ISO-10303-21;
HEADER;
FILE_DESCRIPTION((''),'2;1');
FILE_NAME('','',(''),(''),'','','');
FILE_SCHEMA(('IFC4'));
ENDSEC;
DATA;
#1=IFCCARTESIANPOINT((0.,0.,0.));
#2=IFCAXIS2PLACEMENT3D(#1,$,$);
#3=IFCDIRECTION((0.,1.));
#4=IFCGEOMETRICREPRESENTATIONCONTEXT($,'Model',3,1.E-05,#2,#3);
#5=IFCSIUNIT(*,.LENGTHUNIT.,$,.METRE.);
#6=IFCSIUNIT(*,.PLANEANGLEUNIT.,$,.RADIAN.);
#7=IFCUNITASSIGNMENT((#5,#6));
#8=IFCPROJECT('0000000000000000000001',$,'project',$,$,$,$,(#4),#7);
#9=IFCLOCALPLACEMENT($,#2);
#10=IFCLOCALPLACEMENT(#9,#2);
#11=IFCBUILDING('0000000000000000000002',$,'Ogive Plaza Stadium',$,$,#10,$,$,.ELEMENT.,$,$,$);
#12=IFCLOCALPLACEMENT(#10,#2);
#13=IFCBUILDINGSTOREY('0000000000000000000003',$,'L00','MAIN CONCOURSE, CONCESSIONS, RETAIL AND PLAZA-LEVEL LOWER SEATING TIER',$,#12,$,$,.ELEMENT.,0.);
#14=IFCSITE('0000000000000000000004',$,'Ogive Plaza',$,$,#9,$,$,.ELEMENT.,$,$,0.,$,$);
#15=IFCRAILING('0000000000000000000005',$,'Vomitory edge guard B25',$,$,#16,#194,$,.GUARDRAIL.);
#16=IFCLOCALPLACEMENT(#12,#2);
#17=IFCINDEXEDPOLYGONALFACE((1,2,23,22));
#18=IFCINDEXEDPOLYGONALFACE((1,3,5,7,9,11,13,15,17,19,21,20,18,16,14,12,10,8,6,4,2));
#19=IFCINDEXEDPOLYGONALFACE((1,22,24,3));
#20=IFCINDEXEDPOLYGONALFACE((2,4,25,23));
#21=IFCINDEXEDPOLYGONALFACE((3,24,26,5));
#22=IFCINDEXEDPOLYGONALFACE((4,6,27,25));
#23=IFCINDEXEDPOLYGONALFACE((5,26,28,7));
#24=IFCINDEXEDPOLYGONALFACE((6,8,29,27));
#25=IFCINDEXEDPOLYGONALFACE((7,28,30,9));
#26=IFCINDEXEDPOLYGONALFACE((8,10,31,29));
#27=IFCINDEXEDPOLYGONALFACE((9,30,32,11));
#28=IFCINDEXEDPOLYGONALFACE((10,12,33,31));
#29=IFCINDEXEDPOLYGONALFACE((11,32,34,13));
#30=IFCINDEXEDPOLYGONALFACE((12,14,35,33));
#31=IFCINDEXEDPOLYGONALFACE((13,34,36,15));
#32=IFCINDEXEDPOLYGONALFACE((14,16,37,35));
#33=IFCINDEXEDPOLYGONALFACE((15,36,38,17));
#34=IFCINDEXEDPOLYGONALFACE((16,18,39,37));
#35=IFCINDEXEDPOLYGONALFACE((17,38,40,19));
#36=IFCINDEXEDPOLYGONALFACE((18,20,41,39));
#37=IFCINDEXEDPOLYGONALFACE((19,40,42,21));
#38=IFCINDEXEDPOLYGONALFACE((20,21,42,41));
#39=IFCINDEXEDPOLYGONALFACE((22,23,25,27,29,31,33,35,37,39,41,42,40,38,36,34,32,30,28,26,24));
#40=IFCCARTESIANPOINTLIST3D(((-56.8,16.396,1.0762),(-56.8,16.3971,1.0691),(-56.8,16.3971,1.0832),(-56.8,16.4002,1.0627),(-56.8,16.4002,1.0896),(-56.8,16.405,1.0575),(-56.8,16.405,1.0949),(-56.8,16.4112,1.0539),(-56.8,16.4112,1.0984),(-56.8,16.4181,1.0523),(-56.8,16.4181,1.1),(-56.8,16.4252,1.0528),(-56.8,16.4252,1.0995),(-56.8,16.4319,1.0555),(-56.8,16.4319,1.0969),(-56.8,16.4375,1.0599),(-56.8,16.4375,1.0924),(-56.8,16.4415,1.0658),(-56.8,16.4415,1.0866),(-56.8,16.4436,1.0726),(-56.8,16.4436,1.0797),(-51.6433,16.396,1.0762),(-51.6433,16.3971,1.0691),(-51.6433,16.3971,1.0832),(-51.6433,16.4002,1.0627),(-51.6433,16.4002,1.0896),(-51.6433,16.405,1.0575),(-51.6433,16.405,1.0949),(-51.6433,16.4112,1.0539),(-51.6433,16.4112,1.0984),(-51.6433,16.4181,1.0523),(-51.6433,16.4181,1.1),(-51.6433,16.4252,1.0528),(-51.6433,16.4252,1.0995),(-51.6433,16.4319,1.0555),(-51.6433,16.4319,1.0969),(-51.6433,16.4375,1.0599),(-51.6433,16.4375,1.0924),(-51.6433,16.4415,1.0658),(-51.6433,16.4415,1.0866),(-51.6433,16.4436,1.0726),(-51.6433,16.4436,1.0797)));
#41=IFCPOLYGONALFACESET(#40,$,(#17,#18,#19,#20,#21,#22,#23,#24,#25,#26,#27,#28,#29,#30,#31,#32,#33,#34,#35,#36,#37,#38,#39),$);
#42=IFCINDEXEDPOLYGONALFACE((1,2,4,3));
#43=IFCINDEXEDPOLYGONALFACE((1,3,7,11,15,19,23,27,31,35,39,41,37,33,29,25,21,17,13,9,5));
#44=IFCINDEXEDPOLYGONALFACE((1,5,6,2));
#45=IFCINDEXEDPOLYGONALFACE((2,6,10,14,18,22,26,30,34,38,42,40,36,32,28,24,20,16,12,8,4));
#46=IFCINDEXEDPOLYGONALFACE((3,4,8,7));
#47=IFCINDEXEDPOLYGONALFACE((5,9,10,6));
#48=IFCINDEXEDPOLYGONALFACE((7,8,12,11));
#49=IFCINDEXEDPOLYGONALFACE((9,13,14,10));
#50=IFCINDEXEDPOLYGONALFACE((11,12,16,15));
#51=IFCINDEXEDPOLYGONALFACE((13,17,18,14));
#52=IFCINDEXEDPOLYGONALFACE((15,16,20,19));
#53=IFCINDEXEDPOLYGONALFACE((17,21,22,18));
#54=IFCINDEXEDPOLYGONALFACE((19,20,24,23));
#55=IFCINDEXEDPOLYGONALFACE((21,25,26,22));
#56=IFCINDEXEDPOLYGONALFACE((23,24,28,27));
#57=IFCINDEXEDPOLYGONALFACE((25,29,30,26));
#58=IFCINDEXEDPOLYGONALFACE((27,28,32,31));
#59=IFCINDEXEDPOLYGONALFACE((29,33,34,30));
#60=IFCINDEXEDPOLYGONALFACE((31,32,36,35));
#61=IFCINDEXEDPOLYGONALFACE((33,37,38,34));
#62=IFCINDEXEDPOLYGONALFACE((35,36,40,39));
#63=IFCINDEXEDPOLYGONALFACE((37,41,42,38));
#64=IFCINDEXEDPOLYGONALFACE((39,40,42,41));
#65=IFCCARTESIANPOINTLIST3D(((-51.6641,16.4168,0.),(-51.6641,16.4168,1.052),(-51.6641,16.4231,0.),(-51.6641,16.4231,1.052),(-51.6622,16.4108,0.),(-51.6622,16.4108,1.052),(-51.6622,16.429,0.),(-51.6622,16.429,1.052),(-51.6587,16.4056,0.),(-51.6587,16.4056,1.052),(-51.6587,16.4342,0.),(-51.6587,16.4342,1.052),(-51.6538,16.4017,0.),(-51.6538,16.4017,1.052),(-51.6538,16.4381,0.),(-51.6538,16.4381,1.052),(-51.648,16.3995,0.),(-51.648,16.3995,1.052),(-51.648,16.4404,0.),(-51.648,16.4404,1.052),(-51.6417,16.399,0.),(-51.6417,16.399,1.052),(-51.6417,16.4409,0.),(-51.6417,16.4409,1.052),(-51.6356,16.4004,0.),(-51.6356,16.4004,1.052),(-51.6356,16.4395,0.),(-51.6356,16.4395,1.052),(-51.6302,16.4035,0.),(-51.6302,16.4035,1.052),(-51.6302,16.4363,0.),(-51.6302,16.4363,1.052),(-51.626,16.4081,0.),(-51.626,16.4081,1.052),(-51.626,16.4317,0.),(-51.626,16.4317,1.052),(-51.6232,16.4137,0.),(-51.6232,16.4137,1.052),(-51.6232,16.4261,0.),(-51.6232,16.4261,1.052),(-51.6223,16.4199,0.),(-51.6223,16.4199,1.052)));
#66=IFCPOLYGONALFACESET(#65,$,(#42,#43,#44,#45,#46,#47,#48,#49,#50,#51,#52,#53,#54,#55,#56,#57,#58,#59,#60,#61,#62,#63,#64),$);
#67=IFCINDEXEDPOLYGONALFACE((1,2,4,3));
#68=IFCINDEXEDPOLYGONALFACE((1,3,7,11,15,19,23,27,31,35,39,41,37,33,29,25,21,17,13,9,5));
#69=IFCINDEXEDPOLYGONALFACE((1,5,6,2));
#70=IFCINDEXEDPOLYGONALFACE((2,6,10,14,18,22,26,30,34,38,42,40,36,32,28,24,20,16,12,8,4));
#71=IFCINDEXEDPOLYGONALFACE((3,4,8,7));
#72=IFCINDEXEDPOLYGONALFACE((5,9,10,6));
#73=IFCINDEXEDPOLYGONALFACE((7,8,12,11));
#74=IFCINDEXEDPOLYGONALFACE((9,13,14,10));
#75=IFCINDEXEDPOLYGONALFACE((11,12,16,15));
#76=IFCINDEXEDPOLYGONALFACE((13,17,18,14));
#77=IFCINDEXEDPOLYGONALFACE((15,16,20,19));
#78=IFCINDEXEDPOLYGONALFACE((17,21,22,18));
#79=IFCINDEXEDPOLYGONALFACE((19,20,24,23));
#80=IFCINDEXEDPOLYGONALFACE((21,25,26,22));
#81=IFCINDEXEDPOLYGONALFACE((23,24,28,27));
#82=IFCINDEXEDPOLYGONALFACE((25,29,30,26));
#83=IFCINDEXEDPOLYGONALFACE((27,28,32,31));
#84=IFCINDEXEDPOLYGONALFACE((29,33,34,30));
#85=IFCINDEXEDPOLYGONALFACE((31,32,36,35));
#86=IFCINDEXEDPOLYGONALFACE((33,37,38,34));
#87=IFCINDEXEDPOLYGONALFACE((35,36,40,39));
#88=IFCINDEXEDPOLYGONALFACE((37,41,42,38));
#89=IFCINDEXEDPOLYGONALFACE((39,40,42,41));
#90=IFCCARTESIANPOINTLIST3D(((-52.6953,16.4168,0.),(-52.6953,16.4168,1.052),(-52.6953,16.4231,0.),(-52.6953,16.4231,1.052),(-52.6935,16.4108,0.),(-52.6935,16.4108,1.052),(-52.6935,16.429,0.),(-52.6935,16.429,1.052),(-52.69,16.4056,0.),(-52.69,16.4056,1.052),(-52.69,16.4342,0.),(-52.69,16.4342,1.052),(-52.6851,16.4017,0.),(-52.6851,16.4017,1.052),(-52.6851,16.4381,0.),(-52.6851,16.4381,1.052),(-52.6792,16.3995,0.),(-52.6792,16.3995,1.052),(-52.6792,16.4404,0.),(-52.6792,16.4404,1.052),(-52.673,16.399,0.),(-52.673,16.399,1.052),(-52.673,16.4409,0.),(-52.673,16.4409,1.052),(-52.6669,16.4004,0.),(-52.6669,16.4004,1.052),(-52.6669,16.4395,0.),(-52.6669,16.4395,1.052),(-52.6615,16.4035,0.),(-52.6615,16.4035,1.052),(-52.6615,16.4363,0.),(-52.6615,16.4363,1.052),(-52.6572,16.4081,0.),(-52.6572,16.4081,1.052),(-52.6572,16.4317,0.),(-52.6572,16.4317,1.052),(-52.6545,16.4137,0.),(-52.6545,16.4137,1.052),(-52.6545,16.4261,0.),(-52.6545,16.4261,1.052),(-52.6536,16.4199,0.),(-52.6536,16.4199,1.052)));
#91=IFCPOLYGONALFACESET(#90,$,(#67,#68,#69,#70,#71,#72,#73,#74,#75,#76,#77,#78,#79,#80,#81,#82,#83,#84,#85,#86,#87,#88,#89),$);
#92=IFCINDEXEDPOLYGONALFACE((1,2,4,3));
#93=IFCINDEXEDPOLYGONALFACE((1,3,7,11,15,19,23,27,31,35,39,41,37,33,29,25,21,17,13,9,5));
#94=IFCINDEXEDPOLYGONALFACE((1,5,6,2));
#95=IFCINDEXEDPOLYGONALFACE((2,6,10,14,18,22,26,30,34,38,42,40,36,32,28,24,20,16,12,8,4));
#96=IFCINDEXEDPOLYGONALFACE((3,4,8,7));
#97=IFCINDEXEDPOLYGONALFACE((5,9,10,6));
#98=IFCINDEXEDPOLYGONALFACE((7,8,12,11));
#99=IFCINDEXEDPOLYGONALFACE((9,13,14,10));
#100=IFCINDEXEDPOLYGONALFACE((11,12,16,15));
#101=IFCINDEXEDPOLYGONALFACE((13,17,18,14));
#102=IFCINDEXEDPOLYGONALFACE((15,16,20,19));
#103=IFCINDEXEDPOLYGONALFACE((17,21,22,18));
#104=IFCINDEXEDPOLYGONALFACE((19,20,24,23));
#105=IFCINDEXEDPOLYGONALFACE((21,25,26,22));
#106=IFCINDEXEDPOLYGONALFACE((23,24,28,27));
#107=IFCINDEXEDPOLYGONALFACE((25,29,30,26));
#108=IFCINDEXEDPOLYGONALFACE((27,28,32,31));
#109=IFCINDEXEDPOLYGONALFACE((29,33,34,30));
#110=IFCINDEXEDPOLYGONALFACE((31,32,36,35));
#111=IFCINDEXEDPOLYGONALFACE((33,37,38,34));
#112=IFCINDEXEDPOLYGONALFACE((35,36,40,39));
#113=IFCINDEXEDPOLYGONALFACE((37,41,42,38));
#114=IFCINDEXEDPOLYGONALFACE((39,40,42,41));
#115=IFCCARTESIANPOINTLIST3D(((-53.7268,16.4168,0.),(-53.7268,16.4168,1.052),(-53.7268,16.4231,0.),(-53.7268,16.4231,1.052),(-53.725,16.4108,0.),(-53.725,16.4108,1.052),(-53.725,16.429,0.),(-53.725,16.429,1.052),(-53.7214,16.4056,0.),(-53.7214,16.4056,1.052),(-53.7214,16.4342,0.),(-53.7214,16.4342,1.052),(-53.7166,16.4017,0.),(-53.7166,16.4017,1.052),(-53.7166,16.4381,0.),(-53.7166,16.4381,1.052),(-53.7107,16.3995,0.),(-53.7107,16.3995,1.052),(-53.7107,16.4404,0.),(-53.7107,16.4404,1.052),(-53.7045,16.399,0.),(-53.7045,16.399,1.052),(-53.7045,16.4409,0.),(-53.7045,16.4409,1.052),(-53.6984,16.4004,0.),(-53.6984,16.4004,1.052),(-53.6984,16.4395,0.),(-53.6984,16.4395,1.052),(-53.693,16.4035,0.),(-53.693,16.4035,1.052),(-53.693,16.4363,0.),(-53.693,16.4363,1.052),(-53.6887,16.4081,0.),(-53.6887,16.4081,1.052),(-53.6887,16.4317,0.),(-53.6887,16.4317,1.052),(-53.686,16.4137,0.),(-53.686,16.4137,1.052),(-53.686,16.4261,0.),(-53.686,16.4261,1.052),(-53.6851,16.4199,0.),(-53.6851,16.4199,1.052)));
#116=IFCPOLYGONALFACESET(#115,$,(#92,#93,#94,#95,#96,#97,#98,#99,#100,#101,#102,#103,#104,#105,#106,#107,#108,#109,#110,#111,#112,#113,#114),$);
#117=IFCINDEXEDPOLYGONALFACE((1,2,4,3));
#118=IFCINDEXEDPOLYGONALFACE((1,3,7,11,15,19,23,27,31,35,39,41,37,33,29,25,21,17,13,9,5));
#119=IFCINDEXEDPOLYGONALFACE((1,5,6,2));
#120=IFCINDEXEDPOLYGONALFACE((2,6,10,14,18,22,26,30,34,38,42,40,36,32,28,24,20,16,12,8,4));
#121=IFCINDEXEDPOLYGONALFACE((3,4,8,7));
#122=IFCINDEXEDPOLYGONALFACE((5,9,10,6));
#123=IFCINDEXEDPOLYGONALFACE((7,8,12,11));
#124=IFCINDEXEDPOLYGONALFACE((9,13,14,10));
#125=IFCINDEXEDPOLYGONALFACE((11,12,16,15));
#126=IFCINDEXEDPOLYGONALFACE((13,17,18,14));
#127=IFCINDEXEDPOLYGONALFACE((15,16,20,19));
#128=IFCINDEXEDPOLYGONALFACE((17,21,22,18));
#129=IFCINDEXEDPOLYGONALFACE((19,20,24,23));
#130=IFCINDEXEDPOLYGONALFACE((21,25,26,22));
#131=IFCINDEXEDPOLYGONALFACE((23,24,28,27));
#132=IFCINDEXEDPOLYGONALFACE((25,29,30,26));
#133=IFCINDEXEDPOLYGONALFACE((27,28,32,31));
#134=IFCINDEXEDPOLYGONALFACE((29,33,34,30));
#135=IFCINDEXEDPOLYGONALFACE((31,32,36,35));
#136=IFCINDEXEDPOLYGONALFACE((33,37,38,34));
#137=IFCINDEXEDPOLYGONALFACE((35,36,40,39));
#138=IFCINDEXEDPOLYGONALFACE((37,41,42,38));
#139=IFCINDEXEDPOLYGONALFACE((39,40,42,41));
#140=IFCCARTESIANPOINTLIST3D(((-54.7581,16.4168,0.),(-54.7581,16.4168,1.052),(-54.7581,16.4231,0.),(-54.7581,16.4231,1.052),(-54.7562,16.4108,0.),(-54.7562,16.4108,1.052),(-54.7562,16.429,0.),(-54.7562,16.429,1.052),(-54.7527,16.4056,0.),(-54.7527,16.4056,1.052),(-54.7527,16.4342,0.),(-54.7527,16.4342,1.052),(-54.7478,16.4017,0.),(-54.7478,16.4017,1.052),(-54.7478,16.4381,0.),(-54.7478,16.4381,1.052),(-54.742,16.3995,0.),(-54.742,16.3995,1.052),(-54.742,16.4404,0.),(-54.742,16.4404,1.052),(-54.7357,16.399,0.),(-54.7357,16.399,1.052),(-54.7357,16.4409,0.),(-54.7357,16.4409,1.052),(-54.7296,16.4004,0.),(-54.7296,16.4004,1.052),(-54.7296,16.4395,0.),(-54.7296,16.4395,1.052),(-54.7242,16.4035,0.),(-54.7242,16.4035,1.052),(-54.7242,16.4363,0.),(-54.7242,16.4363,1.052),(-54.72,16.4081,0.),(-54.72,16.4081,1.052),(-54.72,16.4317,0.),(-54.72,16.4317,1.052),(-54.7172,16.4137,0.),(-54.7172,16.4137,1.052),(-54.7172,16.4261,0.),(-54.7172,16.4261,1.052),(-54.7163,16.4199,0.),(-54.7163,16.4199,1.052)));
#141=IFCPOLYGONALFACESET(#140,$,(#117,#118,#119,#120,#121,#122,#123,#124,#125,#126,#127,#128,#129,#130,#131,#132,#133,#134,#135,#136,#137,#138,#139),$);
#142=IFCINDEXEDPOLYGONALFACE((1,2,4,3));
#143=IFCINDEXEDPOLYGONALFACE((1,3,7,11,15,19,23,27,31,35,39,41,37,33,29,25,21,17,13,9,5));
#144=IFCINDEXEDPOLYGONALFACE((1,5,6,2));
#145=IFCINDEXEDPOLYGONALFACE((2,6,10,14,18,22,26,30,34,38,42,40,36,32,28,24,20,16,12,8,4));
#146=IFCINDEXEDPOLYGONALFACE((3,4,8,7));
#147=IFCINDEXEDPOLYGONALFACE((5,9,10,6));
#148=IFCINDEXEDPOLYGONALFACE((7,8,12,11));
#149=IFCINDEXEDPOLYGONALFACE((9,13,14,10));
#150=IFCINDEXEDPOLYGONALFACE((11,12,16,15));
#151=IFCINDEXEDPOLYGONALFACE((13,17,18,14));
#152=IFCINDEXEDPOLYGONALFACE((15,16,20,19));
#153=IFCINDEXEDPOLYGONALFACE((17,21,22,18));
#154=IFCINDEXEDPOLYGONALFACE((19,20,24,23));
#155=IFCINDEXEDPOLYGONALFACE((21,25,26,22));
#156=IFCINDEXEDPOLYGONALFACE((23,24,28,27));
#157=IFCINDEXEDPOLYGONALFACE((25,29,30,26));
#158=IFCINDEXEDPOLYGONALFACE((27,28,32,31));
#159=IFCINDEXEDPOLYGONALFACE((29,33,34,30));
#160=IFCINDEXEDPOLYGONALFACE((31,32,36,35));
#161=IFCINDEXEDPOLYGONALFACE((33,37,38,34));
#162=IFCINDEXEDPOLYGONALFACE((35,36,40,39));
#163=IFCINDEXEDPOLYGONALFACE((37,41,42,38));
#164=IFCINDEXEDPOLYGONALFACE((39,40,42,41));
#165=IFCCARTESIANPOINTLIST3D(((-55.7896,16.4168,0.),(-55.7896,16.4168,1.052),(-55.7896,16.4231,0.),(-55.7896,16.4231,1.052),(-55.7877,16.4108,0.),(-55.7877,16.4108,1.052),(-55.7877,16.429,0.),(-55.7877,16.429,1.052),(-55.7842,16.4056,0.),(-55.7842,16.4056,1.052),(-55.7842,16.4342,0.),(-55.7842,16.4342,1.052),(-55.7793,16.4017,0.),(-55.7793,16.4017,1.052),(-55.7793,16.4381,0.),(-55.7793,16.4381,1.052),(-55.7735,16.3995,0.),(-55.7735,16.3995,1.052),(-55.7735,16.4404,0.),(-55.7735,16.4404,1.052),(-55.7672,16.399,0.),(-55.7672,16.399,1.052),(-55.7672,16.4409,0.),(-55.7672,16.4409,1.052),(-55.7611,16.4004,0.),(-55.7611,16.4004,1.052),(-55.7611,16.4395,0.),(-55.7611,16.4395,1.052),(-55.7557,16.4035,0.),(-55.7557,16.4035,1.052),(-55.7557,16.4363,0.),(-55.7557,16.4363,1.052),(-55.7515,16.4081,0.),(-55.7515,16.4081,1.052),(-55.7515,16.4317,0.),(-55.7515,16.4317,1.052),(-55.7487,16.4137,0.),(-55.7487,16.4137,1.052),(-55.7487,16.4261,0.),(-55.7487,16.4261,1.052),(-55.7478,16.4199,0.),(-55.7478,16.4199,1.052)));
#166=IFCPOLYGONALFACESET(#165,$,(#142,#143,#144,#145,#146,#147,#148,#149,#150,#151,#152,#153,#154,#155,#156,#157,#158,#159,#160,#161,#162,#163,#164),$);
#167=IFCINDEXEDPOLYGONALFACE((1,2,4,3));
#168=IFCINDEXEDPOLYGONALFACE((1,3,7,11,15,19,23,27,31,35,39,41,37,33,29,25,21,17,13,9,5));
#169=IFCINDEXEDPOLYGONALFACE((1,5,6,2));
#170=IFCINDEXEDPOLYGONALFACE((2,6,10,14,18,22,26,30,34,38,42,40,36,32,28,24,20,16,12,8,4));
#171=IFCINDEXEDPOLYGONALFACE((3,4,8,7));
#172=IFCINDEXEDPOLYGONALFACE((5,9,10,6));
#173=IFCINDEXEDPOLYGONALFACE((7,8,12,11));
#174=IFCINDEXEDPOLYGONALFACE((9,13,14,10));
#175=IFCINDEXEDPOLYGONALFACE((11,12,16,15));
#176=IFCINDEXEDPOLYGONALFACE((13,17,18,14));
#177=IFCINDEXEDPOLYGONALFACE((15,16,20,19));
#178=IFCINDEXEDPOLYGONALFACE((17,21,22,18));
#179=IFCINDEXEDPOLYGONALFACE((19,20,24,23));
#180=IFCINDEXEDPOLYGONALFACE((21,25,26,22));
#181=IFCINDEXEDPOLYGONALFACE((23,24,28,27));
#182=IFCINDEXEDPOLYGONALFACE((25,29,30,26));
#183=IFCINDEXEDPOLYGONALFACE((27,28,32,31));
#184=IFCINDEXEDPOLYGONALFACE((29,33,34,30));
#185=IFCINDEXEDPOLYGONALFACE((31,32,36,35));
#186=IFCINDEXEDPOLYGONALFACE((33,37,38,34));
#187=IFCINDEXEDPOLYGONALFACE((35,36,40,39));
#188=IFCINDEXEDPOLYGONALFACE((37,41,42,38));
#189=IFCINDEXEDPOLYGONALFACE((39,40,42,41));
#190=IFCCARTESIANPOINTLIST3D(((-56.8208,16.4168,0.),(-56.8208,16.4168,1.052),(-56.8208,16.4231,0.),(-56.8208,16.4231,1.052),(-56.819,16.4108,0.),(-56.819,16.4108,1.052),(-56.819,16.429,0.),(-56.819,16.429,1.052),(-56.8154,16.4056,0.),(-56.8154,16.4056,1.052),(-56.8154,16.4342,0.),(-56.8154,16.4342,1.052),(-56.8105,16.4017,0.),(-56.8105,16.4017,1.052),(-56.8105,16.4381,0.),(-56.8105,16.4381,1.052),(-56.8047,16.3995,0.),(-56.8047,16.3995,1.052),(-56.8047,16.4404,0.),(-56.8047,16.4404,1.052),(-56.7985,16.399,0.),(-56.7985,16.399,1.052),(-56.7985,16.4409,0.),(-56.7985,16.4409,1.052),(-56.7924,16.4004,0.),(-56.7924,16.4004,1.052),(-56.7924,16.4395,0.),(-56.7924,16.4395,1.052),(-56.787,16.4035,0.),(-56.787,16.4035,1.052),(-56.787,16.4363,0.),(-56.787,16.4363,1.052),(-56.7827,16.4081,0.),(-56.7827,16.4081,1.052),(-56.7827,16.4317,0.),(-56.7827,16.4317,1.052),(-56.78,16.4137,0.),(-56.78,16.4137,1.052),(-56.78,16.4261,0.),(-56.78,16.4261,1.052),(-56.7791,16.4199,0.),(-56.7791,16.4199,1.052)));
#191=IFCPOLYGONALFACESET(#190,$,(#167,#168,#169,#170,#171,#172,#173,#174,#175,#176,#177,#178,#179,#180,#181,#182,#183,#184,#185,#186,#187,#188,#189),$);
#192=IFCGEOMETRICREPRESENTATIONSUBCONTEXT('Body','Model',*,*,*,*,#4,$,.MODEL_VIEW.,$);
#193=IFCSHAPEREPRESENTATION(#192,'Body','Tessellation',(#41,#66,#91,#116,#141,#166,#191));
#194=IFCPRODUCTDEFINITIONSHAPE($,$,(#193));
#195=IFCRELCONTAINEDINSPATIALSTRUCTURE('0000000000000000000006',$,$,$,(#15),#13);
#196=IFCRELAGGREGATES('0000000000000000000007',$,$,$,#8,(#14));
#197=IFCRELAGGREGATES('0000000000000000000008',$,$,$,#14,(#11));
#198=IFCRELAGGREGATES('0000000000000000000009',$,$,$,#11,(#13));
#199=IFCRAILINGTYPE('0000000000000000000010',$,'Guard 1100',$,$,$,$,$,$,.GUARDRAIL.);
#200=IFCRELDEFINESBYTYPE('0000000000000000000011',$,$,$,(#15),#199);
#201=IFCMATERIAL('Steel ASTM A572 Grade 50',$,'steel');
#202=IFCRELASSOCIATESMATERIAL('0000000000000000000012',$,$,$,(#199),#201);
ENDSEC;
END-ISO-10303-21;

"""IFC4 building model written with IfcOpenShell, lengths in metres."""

from ifc_helpers import new_model, si_unit, direction, frame, origin, origin_2d, place, context, subcontext, project, spatial, circle, extrude, material, type_object, element, save


model = new_model("IFC4")

# Units and contexts
model_context = context("Model", 3, precision=1e-05, world=origin(), true_north=direction((0.0, 1.0)))
body_context = subcontext(model_context, "Body", "Model", "MODEL_VIEW")
ifc_project = project(units=[si_unit("LENGTHUNIT", "METRE"), si_unit("PLANEANGLEUNIT", "RADIAN")], contexts=[model_context])

# Site, building, storey
site_placement = place(None, origin())
site = spatial("IfcSite", under=ifc_project, at=site_placement, Name="Ogive Plaza", CompositionType="ELEMENT", RefElevation=0.0)
building_placement = place(site_placement, origin())
building = spatial("IfcBuilding", under=site, at=building_placement, Name="Ogive Plaza Stadium", CompositionType="ELEMENT")
storey_placement = place(building_placement, origin())
storey = spatial("IfcBuildingStorey", under=building, at=storey_placement, Name="L00", Description="MAIN CONCOURSE, CONCESSIONS, RETAIL AND PLAZA-LEVEL LOWER SEATING TIER", CompositionType="ELEMENT", Elevation=0.0)

# Railing
ifc_material_1 = material(Name="Steel ASTM A572 Grade 50", Category="steel")
railing_type = type_object("IfcRailingType", Name="Guard 1100", PredefinedType="GUARDRAIL", material=ifc_material_1)
for number, where, name in (
    (1, (-51.6433, 16.4199, 0.0), "Vomitory edge guard B25"),
):
    element("IfcRailing", number, at=place(storey_placement, frame(where)), inside=storey, type_object=railing_type, Name=name, PredefinedType="GUARDRAIL", context=body_context, shape_type="SweptSolid", body=[
        extrude(circle(Radius=0.0239, at=origin_2d()), frame((0.0, 0.0, 1.0762), z_axis=(-1.0, 0.0, 0.0), x_axis=(0.0, -1.0, 0.0)), (0.0, 0.0, 1.0), 5.1567),
        extrude(circle(Radius=0.021, at=origin_2d()), origin(), (0.0, 0.0, 1.0), 1.052),
        extrude(circle(Radius=0.021, at=origin_2d()), frame((-1.0312, 0.0, 0.0)), (0.0, 0.0, 1.0), 1.052),
        extrude(circle(Radius=0.021, at=origin_2d()), frame((-2.0627, 0.0, 0.0)), (0.0, 0.0, 1.0), 1.052),
        extrude(circle(Radius=0.021, at=origin_2d()), frame((-3.094, 0.0, 0.0)), (0.0, 0.0, 1.0), 1.052),
        extrude(circle(Radius=0.021, at=origin_2d()), frame((-4.1255, 0.0, 0.0)), (0.0, 0.0, 1.0), 1.052),
        extrude(circle(Radius=0.021, at=origin_2d()), frame((-5.1567, 0.0, 0.0)), (0.0, 0.0, 1.0), 1.052),
    ])

save(model, "model.ifc")
